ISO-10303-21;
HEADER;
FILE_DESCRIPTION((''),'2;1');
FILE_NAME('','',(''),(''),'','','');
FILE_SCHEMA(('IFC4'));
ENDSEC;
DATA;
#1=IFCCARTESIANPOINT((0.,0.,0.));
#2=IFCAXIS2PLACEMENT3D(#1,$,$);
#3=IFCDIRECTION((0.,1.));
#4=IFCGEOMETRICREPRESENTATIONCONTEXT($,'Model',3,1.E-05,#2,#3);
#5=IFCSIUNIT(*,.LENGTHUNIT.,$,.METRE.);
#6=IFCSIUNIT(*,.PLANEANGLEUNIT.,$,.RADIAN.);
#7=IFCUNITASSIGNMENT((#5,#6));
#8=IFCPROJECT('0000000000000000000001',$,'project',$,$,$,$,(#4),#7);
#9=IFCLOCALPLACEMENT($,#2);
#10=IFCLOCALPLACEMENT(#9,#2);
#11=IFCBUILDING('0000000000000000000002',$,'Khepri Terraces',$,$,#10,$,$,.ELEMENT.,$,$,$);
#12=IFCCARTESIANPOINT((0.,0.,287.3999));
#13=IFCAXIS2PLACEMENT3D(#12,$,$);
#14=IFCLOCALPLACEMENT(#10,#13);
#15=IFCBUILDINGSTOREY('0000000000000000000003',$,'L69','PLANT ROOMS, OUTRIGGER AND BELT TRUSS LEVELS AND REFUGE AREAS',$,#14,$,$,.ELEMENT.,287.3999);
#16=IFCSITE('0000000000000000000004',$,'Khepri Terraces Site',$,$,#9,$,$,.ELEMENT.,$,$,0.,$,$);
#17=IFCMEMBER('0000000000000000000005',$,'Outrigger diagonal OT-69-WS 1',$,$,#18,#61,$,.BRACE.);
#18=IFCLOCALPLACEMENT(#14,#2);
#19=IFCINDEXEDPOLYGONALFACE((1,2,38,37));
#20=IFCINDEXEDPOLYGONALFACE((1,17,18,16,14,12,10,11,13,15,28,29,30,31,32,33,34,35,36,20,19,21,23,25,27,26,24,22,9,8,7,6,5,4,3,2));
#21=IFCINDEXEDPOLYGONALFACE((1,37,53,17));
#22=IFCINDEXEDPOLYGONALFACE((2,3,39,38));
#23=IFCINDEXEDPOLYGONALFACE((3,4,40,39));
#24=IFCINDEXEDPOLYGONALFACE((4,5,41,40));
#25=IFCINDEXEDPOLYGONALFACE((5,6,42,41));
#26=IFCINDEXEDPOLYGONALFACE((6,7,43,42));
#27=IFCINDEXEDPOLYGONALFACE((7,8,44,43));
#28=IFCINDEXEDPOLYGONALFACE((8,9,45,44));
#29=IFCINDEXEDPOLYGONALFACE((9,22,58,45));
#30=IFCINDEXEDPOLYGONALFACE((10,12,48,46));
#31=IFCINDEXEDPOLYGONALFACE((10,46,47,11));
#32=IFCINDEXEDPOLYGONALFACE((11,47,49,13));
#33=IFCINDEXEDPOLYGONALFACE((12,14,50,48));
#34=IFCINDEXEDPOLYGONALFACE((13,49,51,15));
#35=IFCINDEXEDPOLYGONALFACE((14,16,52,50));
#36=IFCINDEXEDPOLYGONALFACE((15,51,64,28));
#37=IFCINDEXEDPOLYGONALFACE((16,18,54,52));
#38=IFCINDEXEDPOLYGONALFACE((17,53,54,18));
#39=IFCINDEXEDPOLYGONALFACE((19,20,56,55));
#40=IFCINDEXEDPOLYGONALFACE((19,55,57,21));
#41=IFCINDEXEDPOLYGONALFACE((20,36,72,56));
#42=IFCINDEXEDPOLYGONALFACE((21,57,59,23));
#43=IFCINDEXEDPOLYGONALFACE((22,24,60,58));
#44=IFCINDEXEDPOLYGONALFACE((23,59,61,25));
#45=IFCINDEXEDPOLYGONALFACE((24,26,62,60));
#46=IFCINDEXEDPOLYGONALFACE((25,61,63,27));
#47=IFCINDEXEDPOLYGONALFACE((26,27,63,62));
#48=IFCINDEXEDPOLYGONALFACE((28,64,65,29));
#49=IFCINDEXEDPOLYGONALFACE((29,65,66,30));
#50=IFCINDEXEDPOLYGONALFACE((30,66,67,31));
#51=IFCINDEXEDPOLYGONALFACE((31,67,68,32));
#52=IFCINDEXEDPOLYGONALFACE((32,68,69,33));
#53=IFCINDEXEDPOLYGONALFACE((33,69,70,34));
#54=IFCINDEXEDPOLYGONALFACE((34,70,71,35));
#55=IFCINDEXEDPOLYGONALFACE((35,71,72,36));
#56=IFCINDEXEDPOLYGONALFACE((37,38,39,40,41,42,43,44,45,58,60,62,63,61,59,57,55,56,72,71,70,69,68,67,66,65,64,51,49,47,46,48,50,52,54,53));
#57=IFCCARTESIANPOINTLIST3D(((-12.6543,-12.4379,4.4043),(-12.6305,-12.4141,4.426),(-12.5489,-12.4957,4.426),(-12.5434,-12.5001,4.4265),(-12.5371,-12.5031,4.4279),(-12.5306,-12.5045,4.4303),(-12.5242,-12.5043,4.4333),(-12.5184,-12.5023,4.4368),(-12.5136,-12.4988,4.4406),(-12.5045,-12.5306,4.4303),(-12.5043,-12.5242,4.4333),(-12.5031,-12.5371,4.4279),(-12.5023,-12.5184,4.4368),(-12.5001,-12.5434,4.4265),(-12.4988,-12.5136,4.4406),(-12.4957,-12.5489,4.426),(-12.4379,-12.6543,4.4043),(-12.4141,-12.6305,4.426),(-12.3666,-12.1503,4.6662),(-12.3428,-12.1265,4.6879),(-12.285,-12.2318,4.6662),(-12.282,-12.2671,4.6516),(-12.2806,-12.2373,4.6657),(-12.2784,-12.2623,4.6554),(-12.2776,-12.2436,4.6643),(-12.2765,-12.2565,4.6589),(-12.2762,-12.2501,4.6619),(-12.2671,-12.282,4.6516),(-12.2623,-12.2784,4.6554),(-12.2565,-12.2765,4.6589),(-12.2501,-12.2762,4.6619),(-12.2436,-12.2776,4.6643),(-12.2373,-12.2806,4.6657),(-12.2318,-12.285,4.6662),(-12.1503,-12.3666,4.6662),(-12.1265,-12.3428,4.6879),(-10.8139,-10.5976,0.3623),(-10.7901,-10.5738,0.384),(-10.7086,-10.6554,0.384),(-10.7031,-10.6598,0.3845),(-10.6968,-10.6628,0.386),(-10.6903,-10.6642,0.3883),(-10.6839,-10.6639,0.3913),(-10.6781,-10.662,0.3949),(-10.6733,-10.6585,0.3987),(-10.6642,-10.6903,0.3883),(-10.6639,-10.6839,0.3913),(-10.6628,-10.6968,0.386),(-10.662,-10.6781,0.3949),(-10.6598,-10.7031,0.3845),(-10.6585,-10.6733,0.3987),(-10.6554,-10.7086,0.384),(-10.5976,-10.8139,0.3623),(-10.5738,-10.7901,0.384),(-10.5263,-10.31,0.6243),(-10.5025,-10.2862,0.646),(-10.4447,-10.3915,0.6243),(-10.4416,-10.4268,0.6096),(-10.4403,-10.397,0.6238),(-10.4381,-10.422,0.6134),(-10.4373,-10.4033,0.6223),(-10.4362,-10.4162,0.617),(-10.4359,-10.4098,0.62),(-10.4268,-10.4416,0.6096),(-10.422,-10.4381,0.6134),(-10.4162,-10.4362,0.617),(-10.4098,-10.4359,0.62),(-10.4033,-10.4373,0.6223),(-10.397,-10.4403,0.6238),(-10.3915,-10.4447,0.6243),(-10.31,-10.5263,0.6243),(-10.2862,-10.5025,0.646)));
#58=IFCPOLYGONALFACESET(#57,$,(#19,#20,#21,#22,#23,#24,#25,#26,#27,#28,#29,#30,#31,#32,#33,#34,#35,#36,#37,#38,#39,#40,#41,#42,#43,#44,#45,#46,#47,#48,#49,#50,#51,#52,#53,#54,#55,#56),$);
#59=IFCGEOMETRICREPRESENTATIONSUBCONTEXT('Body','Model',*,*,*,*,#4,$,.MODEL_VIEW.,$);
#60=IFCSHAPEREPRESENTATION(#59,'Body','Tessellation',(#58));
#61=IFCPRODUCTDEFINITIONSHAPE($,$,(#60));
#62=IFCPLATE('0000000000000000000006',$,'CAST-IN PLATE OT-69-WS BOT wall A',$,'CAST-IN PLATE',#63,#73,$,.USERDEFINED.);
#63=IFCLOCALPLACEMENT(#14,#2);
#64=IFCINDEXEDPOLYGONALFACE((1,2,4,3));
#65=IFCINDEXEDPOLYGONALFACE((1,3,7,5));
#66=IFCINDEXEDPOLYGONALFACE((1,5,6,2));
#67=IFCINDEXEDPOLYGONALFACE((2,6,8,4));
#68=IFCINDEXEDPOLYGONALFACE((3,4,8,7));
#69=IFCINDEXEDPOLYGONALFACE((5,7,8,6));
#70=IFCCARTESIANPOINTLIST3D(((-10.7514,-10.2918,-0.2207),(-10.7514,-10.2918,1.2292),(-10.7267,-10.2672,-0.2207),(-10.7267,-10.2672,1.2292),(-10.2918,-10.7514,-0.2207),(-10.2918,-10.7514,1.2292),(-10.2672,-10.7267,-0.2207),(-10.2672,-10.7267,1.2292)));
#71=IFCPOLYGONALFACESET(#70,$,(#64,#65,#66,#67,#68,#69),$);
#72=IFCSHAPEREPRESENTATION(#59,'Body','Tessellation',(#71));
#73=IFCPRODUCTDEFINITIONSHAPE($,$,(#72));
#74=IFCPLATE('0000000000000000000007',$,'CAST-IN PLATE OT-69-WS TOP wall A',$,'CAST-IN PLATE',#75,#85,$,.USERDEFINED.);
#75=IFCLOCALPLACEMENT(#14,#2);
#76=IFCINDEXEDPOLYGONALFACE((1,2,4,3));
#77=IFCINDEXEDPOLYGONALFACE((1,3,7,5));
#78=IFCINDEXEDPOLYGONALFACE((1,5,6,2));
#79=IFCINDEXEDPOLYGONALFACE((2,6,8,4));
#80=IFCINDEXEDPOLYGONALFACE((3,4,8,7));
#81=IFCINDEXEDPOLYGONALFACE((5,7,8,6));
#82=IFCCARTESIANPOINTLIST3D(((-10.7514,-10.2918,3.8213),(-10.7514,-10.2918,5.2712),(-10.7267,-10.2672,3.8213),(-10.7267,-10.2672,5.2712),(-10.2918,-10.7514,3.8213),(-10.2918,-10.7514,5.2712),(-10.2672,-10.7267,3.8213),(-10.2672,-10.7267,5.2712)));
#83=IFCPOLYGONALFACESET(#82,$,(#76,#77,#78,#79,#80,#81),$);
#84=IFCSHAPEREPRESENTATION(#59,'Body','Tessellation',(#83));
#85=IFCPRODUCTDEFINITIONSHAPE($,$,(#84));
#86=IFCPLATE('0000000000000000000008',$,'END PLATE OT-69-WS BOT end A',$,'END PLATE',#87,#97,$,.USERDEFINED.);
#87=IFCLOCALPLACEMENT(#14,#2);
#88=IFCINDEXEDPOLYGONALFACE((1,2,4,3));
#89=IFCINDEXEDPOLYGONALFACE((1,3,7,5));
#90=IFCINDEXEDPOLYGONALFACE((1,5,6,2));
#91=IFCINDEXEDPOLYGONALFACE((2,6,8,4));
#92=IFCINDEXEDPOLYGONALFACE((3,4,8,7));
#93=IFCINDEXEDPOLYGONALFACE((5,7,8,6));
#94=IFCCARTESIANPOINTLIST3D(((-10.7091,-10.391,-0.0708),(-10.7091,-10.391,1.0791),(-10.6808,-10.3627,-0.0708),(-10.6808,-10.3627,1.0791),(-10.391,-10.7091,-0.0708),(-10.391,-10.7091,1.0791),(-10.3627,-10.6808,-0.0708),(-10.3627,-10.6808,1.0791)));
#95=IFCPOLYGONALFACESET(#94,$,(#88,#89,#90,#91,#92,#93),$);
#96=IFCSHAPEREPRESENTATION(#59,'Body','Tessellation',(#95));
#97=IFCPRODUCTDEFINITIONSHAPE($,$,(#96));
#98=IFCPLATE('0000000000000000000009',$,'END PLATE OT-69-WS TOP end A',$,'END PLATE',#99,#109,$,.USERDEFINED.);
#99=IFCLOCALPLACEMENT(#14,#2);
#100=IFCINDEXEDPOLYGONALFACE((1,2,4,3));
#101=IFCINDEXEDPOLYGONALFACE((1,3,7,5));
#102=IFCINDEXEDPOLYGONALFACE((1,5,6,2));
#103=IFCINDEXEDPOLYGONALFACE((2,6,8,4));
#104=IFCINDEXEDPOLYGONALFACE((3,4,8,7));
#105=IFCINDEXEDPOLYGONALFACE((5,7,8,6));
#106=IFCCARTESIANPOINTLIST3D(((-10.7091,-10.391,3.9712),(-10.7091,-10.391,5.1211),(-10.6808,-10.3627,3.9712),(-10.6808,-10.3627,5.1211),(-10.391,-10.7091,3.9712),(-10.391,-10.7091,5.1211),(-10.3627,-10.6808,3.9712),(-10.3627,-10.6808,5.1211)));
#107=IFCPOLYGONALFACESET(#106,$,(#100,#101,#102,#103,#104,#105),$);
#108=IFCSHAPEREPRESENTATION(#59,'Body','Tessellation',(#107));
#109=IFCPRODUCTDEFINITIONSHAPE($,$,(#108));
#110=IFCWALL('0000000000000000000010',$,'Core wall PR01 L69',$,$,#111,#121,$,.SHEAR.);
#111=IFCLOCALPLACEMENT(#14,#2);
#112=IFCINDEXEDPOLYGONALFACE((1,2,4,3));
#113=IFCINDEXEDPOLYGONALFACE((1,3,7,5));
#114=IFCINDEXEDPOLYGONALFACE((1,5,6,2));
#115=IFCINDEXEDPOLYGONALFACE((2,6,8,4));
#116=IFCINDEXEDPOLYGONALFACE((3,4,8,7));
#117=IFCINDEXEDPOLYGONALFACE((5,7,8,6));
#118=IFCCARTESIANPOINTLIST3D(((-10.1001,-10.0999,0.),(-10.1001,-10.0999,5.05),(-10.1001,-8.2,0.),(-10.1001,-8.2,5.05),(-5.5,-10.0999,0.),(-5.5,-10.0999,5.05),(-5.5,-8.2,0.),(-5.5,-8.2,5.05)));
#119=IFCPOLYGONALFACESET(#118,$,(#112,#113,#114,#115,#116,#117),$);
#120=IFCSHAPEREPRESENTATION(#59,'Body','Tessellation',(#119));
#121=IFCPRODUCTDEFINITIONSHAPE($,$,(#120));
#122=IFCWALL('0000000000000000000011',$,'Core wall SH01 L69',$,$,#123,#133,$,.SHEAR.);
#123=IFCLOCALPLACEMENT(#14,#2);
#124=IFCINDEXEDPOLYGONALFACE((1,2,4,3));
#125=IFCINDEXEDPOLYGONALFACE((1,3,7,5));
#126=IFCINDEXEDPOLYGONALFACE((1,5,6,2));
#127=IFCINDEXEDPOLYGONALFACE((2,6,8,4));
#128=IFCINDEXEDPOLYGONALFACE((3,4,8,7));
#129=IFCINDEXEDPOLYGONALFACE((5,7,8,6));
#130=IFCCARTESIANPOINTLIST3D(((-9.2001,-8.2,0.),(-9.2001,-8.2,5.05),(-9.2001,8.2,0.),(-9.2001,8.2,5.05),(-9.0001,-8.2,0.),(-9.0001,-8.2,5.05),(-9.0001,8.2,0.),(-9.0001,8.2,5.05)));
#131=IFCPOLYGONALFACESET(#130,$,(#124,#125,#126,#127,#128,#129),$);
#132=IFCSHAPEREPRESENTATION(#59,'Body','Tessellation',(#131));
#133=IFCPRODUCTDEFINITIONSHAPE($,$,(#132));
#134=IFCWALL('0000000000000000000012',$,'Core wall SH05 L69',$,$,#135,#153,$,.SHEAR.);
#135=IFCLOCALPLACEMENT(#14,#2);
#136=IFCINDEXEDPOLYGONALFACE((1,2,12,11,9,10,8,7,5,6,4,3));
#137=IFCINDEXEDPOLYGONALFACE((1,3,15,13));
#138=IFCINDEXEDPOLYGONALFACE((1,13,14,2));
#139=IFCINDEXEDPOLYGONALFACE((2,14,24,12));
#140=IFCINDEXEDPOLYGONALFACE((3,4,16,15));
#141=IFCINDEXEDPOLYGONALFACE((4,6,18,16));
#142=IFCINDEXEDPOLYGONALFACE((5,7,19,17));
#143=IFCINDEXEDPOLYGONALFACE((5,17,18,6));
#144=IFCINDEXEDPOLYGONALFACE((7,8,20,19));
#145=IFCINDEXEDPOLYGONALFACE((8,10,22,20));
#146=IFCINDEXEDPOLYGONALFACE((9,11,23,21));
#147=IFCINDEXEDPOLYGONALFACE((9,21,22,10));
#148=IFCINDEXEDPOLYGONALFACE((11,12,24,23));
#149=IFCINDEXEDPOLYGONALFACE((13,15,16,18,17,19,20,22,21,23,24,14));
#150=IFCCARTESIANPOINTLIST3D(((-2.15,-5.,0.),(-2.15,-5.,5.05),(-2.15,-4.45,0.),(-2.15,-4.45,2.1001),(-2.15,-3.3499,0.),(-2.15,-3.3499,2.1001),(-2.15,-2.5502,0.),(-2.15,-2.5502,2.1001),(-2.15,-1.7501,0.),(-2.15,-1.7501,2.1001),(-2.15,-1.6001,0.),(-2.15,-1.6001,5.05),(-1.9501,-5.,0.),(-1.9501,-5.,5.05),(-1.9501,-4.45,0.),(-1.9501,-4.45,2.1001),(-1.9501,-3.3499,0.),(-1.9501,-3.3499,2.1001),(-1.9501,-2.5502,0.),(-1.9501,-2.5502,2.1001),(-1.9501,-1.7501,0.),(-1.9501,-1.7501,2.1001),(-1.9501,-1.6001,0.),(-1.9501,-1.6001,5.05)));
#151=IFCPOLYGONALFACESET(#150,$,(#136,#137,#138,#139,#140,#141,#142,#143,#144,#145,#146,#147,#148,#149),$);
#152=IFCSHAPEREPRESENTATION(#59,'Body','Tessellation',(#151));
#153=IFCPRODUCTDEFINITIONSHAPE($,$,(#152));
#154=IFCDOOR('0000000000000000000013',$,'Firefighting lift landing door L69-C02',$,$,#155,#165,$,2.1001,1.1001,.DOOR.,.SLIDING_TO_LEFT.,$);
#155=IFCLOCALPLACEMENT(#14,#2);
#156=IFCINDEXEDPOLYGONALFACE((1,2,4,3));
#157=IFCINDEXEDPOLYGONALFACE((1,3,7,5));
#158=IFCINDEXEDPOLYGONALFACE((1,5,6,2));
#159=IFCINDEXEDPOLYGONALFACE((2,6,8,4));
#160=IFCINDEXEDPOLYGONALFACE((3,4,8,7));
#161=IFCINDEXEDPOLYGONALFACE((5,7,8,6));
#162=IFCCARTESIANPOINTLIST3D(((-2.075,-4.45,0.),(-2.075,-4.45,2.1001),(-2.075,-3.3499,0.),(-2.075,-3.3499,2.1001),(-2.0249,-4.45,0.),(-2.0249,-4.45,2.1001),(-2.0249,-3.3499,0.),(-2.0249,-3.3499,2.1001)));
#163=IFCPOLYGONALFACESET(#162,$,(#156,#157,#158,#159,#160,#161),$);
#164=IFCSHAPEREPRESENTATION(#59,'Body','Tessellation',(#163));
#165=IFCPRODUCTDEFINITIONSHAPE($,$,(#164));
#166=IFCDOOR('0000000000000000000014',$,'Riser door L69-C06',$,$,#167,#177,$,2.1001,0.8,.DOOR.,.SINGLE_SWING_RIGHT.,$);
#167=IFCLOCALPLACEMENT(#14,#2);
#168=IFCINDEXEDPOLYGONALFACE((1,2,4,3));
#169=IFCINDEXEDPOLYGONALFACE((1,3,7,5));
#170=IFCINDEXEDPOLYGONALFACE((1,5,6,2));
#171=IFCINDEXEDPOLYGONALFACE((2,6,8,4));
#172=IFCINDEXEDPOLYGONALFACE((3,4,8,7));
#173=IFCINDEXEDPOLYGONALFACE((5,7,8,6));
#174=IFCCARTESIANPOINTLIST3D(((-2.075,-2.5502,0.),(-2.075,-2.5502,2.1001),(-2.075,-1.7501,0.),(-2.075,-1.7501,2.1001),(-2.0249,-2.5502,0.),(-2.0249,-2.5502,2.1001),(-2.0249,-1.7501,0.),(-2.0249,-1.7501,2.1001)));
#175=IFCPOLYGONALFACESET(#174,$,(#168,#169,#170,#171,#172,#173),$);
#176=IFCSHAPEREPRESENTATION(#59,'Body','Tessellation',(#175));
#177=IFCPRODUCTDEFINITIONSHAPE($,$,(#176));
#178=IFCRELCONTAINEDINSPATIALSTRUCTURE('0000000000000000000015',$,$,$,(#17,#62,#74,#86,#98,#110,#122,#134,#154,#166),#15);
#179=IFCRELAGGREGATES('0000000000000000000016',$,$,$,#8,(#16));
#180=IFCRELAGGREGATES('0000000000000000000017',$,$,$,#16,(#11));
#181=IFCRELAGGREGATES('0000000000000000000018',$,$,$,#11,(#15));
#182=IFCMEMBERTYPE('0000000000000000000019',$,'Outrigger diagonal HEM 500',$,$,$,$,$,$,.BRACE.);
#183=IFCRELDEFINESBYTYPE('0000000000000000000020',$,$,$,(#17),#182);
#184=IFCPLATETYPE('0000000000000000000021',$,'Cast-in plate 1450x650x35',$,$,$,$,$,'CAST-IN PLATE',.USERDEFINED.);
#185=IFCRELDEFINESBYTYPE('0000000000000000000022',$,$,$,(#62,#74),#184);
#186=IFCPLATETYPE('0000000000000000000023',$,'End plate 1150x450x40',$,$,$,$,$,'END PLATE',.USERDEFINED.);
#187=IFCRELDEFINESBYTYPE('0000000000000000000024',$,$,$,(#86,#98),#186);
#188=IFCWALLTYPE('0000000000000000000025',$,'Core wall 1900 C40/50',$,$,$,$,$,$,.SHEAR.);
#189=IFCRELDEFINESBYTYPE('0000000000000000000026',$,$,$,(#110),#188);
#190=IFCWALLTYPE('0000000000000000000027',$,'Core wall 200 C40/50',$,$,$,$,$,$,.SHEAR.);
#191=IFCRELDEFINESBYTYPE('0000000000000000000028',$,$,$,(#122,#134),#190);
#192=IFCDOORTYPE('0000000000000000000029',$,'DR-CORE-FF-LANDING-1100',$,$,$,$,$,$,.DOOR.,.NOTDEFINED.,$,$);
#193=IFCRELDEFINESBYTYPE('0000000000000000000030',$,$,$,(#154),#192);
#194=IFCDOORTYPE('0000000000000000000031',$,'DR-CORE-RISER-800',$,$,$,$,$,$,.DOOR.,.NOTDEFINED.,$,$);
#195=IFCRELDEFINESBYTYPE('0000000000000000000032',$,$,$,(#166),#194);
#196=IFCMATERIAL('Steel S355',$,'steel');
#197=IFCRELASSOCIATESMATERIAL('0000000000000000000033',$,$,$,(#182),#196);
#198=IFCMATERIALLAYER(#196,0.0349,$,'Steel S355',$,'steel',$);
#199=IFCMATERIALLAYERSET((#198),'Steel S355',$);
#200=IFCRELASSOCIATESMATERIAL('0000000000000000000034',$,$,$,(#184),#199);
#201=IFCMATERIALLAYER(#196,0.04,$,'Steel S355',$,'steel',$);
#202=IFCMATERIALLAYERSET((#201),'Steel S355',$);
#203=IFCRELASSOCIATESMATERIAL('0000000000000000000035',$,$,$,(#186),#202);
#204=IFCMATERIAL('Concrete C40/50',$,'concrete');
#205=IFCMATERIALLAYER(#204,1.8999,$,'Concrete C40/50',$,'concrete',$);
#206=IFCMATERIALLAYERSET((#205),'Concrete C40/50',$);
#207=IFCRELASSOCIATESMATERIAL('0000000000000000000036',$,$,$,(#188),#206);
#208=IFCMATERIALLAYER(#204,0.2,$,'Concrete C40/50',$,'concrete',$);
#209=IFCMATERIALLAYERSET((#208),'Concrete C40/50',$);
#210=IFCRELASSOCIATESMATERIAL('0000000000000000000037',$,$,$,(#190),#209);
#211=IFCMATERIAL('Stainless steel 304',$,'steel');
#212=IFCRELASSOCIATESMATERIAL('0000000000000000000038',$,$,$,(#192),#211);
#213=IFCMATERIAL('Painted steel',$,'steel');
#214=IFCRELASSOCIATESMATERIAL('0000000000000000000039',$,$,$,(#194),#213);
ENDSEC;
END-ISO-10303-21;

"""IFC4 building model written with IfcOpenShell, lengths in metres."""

from ifc_helpers import new_model, si_unit, direction, frame, frame_2d, origin, origin_2d, place, context, subcontext, project, spatial, rectangle, i_section, extrude, material, layer, layer_set, material_profile, profile_set, type_object, element, fill, save


model = new_model("IFC4")

# Units and contexts
model_context = context("Model", 3, precision=1e-05, world=origin(), true_north=direction((0.0, 1.0)))
body_context = subcontext(model_context, "Body", "Model", "MODEL_VIEW")
ifc_project = project(units=[si_unit("LENGTHUNIT", "METRE"), si_unit("PLANEANGLEUNIT", "RADIAN")], contexts=[model_context])

# Site, building, storey
site_placement = place(None, origin())
site = spatial("IfcSite", under=ifc_project, at=site_placement, Name="Khepri Terraces Site", CompositionType="ELEMENT", RefElevation=0.0)
building_placement = place(site_placement, origin())
building = spatial("IfcBuilding", under=site, at=building_placement, Name="Khepri Terraces", CompositionType="ELEMENT")
storey_placement = place(building_placement, frame((0.0, 0.0, 287.3999)))
storey = spatial("IfcBuildingStorey", under=building, at=storey_placement, Name="L69", Description="PLANT ROOMS, OUTRIGGER AND BELT TRUSS LEVELS AND REFUGE AREAS", CompositionType="ELEMENT", Elevation=287.3999)

# Member
ifc_material_1 = material(Name="Steel S355", Category="steel")
ifc_material_profile = material_profile(ifc_material_1, i_section(OverallWidth=0.3059, OverallDepth=0.5239, WebThickness=0.021, FlangeThickness=0.04, FilletRadius=0.0271, at=origin_2d()), Name="Steel S355", Category="steel")
ifc_profile_set = profile_set([ifc_material_profile], Name="Steel S355")
member_type = type_object("IfcMemberType", Name="Outrigger diagonal HEM 500", PredefinedType="BRACE", material=ifc_profile_set)
member_placement = place(storey_placement, frame((-10.55, -10.55, 0.5042), z_axis=(-0.38281, -0.38281, 0.840781), x_axis=(0.707107, -0.707107, 0.0)))
element("IfcMember", 1, at=member_placement, inside=storey, type_object=member_type, Name="Outrigger diagonal OT-69-WS 1", PredefinedType="BRACE", context=body_context, shape_type="SweptSolid", body=[
    extrude(i_section(OverallWidth=0.3059, OverallDepth=0.5239, WebThickness=0.021, FlangeThickness=0.04, FilletRadius=0.0271, at=origin_2d()), origin(), (0.0, 0.0, 1.0), 4.8074),
])

# Plates
ifc_layer_1 = layer(ifc_material_1, 0.0349, Name="Steel S355", Category="steel")
ifc_layer_set_1 = layer_set([ifc_layer_1], Name="Steel S355")
plate_type_1 = type_object("IfcPlateType", Name="Cast-in plate 1450x650x35", ElementType="CAST-IN PLATE", PredefinedType="USERDEFINED", material=ifc_layer_set_1)
for number, where, z_axis, x_axis, name in (
    (2, (-10.5093, -10.5093, -0.2207), (0.0, 0.0, 1.0), (-0.707107, -0.707107, 0.0), "CAST-IN PLATE OT-69-WS BOT wall A"),
    (3, (-10.5093, -10.5093, 3.8213), (0.0, 0.0, 1.0), (-0.707107, -0.707107, 0.0), "CAST-IN PLATE OT-69-WS TOP wall A"),
):
    element("IfcPlate", number, at=place(storey_placement, frame(where, z_axis=z_axis, x_axis=x_axis)), inside=storey, type_object=plate_type_1, Name=name, ObjectType="CAST-IN PLATE", PredefinedType="USERDEFINED", context=body_context, shape_type="SweptSolid", body=[
        extrude(rectangle(XDim=0.0349, YDim=0.6499, at=origin_2d()), origin(), (0.0, 0.0, 1.0), 1.45),
    ])
ifc_layer_2 = layer(ifc_material_1, 0.04, Name="Steel S355", Category="steel")
ifc_layer_set_2 = layer_set([ifc_layer_2], Name="Steel S355")
plate_type_2 = type_object("IfcPlateType", Name="End plate 1150x450x40", ElementType="END PLATE", PredefinedType="USERDEFINED", material=ifc_layer_set_2)
for number, where, z_axis, x_axis, name in (
    (4, (-10.5359, -10.5359, -0.0708), (0.0, 0.0, 1.0), (-0.707107, -0.707107, 0.0), "END PLATE OT-69-WS BOT end A"),
    (5, (-10.5359, -10.5359, 3.9712), (0.0, 0.0, 1.0), (-0.707107, -0.707107, 0.0), "END PLATE OT-69-WS TOP end A"),
):
    element("IfcPlate", number, at=place(storey_placement, frame(where, z_axis=z_axis, x_axis=x_axis)), inside=storey, type_object=plate_type_2, Name=name, ObjectType="END PLATE", PredefinedType="USERDEFINED", context=body_context, shape_type="SweptSolid", body=[
        extrude(rectangle(XDim=0.04, YDim=0.45, at=origin_2d()), origin(), (0.0, 0.0, 1.0), 1.1499),
    ])

# Walls
ifc_material_2 = material(Name="Concrete C40/50", Category="concrete")
ifc_layer_3 = layer(ifc_material_2, 1.8999, Name="Concrete C40/50", Category="concrete")
ifc_layer_set_3 = layer_set([ifc_layer_3], Name="Concrete C40/50")
wall_type_1 = type_object("IfcWallType", Name="Core wall 1900 C40/50", PredefinedType="SHEAR", material=ifc_layer_set_3)
wall_1_placement = place(storey_placement, frame((-10.1001, -9.1499, 0.0), z_axis=(0.0, 0.0, 1.0), x_axis=(1.0, 0.0, 0.0)))
element("IfcWall", 6, at=wall_1_placement, inside=storey, type_object=wall_type_1, Name="Core wall PR01 L69", PredefinedType="SHEAR", context=body_context, shape_type="SweptSolid", body=[
    extrude(rectangle(XDim=4.6001, YDim=1.8999, at=frame_2d((2.3, 0.0))), origin(), (0.0, 0.0, 1.0), 5.05),
])
ifc_layer_4 = layer(ifc_material_2, 0.2, Name="Concrete C40/50", Category="concrete")
ifc_layer_set_4 = layer_set([ifc_layer_4], Name="Concrete C40/50")
wall_type_2 = type_object("IfcWallType", Name="Core wall 200 C40/50", PredefinedType="SHEAR", material=ifc_layer_set_4)
wall_2_placement = place(storey_placement, frame((-9.1001, -8.2, 0.0), z_axis=(0.0, 0.0, 1.0), x_axis=(0.0, 1.0, 0.0)))
element("IfcWall", 7, at=wall_2_placement, inside=storey, type_object=wall_type_2, Name="Core wall SH01 L69", PredefinedType="SHEAR", context=body_context, shape_type="SweptSolid", body=[
    extrude(rectangle(XDim=16.3999, YDim=0.2, at=frame_2d((8.2, 0.0))), origin(), (0.0, 0.0, 1.0), 5.05),
])

# Wall, openings, doors
wall_3_placement = place(storey_placement, frame((-2.05, -5.0, 0.0), z_axis=(0.0, 0.0, 1.0), x_axis=(0.0, 1.0, 0.0)))
wall_3 = element("IfcWall", 8, at=wall_3_placement, inside=storey, type_object=wall_type_2, Name="Core wall SH05 L69", PredefinedType="SHEAR", context=body_context, shape_type="SweptSolid", body=[
    extrude(rectangle(XDim=3.3999, YDim=0.2, at=frame_2d((1.7, 0.0))), origin(), (0.0, 0.0, 1.0), 5.05),
])
opening_1_placement = place(wall_3_placement, frame((0.55, 0.0, 0.0)))
opening_1 = element("IfcOpeningElement", 9, at=opening_1_placement, cuts=wall_3, PredefinedType="OPENING", context=body_context, shape_type="SweptSolid", body=[
    extrude(rectangle(XDim=1.1001, YDim=2.1001, at=frame_2d((0.55, 1.05))), frame((0.0, 0.1099, 0.0), z_axis=(0.0, -1.0, 0.0), x_axis=(1.0, 0.0, 0.0)), (0.0, 0.0, 1.0), 0.22),
])
opening_2_placement = place(wall_3_placement, frame((2.45, 0.0, 0.0)))
opening_2 = element("IfcOpeningElement", 10, at=opening_2_placement, cuts=wall_3, PredefinedType="OPENING", context=body_context, shape_type="SweptSolid", body=[
    extrude(rectangle(XDim=0.8, YDim=2.1001, at=frame_2d((0.3999, 1.05))), frame((0.0, 0.1099, 0.0), z_axis=(0.0, -1.0, 0.0), x_axis=(1.0, 0.0, 0.0)), (0.0, 0.0, 1.0), 0.22),
])
ifc_material_3 = material(Name="Stainless steel 304", Category="steel")
door_type_1 = type_object("IfcDoorType", Name="DR-CORE-FF-LANDING-1100", OperationType="NOTDEFINED", PredefinedType="DOOR", material=ifc_material_3)
door_1_placement = place(opening_1_placement, origin())
door_1 = element("IfcDoor", 11, at=door_1_placement, inside=storey, type_object=door_type_1, Name="Firefighting lift landing door L69-C02", OperationType="SLIDING_TO_LEFT", OverallHeight=2.1001, OverallWidth=1.1001, PredefinedType="DOOR", context=body_context, shape_type="SweptSolid", body=[
    extrude(rectangle(XDim=1.1001, YDim=2.1001, at=frame_2d((0.55, 1.05))), frame((0.0, 0.0249, 0.0), z_axis=(0.0, -1.0, 0.0), x_axis=(1.0, 0.0, 0.0)), (0.0, 0.0, 1.0), 0.05),
])
fill(opening_1, door_1)
ifc_material_4 = material(Name="Painted steel", Category="steel")
door_type_2 = type_object("IfcDoorType", Name="DR-CORE-RISER-800", OperationType="NOTDEFINED", PredefinedType="DOOR", material=ifc_material_4)
door_2_placement = place(opening_2_placement, origin())
door_2 = element("IfcDoor", 12, at=door_2_placement, inside=storey, type_object=door_type_2, Name="Riser door L69-C06", OperationType="SINGLE_SWING_RIGHT", OverallHeight=2.1001, OverallWidth=0.8, PredefinedType="DOOR", context=body_context, shape_type="SweptSolid", body=[
    extrude(rectangle(XDim=0.8, YDim=2.1001, at=frame_2d((0.3999, 1.05))), frame((0.0, 0.0249, 0.0), z_axis=(0.0, -1.0, 0.0), x_axis=(1.0, 0.0, 0.0)), (0.0, 0.0, 1.0), 0.05),
])
fill(opening_2, door_2)

save(model, "model.ifc")
